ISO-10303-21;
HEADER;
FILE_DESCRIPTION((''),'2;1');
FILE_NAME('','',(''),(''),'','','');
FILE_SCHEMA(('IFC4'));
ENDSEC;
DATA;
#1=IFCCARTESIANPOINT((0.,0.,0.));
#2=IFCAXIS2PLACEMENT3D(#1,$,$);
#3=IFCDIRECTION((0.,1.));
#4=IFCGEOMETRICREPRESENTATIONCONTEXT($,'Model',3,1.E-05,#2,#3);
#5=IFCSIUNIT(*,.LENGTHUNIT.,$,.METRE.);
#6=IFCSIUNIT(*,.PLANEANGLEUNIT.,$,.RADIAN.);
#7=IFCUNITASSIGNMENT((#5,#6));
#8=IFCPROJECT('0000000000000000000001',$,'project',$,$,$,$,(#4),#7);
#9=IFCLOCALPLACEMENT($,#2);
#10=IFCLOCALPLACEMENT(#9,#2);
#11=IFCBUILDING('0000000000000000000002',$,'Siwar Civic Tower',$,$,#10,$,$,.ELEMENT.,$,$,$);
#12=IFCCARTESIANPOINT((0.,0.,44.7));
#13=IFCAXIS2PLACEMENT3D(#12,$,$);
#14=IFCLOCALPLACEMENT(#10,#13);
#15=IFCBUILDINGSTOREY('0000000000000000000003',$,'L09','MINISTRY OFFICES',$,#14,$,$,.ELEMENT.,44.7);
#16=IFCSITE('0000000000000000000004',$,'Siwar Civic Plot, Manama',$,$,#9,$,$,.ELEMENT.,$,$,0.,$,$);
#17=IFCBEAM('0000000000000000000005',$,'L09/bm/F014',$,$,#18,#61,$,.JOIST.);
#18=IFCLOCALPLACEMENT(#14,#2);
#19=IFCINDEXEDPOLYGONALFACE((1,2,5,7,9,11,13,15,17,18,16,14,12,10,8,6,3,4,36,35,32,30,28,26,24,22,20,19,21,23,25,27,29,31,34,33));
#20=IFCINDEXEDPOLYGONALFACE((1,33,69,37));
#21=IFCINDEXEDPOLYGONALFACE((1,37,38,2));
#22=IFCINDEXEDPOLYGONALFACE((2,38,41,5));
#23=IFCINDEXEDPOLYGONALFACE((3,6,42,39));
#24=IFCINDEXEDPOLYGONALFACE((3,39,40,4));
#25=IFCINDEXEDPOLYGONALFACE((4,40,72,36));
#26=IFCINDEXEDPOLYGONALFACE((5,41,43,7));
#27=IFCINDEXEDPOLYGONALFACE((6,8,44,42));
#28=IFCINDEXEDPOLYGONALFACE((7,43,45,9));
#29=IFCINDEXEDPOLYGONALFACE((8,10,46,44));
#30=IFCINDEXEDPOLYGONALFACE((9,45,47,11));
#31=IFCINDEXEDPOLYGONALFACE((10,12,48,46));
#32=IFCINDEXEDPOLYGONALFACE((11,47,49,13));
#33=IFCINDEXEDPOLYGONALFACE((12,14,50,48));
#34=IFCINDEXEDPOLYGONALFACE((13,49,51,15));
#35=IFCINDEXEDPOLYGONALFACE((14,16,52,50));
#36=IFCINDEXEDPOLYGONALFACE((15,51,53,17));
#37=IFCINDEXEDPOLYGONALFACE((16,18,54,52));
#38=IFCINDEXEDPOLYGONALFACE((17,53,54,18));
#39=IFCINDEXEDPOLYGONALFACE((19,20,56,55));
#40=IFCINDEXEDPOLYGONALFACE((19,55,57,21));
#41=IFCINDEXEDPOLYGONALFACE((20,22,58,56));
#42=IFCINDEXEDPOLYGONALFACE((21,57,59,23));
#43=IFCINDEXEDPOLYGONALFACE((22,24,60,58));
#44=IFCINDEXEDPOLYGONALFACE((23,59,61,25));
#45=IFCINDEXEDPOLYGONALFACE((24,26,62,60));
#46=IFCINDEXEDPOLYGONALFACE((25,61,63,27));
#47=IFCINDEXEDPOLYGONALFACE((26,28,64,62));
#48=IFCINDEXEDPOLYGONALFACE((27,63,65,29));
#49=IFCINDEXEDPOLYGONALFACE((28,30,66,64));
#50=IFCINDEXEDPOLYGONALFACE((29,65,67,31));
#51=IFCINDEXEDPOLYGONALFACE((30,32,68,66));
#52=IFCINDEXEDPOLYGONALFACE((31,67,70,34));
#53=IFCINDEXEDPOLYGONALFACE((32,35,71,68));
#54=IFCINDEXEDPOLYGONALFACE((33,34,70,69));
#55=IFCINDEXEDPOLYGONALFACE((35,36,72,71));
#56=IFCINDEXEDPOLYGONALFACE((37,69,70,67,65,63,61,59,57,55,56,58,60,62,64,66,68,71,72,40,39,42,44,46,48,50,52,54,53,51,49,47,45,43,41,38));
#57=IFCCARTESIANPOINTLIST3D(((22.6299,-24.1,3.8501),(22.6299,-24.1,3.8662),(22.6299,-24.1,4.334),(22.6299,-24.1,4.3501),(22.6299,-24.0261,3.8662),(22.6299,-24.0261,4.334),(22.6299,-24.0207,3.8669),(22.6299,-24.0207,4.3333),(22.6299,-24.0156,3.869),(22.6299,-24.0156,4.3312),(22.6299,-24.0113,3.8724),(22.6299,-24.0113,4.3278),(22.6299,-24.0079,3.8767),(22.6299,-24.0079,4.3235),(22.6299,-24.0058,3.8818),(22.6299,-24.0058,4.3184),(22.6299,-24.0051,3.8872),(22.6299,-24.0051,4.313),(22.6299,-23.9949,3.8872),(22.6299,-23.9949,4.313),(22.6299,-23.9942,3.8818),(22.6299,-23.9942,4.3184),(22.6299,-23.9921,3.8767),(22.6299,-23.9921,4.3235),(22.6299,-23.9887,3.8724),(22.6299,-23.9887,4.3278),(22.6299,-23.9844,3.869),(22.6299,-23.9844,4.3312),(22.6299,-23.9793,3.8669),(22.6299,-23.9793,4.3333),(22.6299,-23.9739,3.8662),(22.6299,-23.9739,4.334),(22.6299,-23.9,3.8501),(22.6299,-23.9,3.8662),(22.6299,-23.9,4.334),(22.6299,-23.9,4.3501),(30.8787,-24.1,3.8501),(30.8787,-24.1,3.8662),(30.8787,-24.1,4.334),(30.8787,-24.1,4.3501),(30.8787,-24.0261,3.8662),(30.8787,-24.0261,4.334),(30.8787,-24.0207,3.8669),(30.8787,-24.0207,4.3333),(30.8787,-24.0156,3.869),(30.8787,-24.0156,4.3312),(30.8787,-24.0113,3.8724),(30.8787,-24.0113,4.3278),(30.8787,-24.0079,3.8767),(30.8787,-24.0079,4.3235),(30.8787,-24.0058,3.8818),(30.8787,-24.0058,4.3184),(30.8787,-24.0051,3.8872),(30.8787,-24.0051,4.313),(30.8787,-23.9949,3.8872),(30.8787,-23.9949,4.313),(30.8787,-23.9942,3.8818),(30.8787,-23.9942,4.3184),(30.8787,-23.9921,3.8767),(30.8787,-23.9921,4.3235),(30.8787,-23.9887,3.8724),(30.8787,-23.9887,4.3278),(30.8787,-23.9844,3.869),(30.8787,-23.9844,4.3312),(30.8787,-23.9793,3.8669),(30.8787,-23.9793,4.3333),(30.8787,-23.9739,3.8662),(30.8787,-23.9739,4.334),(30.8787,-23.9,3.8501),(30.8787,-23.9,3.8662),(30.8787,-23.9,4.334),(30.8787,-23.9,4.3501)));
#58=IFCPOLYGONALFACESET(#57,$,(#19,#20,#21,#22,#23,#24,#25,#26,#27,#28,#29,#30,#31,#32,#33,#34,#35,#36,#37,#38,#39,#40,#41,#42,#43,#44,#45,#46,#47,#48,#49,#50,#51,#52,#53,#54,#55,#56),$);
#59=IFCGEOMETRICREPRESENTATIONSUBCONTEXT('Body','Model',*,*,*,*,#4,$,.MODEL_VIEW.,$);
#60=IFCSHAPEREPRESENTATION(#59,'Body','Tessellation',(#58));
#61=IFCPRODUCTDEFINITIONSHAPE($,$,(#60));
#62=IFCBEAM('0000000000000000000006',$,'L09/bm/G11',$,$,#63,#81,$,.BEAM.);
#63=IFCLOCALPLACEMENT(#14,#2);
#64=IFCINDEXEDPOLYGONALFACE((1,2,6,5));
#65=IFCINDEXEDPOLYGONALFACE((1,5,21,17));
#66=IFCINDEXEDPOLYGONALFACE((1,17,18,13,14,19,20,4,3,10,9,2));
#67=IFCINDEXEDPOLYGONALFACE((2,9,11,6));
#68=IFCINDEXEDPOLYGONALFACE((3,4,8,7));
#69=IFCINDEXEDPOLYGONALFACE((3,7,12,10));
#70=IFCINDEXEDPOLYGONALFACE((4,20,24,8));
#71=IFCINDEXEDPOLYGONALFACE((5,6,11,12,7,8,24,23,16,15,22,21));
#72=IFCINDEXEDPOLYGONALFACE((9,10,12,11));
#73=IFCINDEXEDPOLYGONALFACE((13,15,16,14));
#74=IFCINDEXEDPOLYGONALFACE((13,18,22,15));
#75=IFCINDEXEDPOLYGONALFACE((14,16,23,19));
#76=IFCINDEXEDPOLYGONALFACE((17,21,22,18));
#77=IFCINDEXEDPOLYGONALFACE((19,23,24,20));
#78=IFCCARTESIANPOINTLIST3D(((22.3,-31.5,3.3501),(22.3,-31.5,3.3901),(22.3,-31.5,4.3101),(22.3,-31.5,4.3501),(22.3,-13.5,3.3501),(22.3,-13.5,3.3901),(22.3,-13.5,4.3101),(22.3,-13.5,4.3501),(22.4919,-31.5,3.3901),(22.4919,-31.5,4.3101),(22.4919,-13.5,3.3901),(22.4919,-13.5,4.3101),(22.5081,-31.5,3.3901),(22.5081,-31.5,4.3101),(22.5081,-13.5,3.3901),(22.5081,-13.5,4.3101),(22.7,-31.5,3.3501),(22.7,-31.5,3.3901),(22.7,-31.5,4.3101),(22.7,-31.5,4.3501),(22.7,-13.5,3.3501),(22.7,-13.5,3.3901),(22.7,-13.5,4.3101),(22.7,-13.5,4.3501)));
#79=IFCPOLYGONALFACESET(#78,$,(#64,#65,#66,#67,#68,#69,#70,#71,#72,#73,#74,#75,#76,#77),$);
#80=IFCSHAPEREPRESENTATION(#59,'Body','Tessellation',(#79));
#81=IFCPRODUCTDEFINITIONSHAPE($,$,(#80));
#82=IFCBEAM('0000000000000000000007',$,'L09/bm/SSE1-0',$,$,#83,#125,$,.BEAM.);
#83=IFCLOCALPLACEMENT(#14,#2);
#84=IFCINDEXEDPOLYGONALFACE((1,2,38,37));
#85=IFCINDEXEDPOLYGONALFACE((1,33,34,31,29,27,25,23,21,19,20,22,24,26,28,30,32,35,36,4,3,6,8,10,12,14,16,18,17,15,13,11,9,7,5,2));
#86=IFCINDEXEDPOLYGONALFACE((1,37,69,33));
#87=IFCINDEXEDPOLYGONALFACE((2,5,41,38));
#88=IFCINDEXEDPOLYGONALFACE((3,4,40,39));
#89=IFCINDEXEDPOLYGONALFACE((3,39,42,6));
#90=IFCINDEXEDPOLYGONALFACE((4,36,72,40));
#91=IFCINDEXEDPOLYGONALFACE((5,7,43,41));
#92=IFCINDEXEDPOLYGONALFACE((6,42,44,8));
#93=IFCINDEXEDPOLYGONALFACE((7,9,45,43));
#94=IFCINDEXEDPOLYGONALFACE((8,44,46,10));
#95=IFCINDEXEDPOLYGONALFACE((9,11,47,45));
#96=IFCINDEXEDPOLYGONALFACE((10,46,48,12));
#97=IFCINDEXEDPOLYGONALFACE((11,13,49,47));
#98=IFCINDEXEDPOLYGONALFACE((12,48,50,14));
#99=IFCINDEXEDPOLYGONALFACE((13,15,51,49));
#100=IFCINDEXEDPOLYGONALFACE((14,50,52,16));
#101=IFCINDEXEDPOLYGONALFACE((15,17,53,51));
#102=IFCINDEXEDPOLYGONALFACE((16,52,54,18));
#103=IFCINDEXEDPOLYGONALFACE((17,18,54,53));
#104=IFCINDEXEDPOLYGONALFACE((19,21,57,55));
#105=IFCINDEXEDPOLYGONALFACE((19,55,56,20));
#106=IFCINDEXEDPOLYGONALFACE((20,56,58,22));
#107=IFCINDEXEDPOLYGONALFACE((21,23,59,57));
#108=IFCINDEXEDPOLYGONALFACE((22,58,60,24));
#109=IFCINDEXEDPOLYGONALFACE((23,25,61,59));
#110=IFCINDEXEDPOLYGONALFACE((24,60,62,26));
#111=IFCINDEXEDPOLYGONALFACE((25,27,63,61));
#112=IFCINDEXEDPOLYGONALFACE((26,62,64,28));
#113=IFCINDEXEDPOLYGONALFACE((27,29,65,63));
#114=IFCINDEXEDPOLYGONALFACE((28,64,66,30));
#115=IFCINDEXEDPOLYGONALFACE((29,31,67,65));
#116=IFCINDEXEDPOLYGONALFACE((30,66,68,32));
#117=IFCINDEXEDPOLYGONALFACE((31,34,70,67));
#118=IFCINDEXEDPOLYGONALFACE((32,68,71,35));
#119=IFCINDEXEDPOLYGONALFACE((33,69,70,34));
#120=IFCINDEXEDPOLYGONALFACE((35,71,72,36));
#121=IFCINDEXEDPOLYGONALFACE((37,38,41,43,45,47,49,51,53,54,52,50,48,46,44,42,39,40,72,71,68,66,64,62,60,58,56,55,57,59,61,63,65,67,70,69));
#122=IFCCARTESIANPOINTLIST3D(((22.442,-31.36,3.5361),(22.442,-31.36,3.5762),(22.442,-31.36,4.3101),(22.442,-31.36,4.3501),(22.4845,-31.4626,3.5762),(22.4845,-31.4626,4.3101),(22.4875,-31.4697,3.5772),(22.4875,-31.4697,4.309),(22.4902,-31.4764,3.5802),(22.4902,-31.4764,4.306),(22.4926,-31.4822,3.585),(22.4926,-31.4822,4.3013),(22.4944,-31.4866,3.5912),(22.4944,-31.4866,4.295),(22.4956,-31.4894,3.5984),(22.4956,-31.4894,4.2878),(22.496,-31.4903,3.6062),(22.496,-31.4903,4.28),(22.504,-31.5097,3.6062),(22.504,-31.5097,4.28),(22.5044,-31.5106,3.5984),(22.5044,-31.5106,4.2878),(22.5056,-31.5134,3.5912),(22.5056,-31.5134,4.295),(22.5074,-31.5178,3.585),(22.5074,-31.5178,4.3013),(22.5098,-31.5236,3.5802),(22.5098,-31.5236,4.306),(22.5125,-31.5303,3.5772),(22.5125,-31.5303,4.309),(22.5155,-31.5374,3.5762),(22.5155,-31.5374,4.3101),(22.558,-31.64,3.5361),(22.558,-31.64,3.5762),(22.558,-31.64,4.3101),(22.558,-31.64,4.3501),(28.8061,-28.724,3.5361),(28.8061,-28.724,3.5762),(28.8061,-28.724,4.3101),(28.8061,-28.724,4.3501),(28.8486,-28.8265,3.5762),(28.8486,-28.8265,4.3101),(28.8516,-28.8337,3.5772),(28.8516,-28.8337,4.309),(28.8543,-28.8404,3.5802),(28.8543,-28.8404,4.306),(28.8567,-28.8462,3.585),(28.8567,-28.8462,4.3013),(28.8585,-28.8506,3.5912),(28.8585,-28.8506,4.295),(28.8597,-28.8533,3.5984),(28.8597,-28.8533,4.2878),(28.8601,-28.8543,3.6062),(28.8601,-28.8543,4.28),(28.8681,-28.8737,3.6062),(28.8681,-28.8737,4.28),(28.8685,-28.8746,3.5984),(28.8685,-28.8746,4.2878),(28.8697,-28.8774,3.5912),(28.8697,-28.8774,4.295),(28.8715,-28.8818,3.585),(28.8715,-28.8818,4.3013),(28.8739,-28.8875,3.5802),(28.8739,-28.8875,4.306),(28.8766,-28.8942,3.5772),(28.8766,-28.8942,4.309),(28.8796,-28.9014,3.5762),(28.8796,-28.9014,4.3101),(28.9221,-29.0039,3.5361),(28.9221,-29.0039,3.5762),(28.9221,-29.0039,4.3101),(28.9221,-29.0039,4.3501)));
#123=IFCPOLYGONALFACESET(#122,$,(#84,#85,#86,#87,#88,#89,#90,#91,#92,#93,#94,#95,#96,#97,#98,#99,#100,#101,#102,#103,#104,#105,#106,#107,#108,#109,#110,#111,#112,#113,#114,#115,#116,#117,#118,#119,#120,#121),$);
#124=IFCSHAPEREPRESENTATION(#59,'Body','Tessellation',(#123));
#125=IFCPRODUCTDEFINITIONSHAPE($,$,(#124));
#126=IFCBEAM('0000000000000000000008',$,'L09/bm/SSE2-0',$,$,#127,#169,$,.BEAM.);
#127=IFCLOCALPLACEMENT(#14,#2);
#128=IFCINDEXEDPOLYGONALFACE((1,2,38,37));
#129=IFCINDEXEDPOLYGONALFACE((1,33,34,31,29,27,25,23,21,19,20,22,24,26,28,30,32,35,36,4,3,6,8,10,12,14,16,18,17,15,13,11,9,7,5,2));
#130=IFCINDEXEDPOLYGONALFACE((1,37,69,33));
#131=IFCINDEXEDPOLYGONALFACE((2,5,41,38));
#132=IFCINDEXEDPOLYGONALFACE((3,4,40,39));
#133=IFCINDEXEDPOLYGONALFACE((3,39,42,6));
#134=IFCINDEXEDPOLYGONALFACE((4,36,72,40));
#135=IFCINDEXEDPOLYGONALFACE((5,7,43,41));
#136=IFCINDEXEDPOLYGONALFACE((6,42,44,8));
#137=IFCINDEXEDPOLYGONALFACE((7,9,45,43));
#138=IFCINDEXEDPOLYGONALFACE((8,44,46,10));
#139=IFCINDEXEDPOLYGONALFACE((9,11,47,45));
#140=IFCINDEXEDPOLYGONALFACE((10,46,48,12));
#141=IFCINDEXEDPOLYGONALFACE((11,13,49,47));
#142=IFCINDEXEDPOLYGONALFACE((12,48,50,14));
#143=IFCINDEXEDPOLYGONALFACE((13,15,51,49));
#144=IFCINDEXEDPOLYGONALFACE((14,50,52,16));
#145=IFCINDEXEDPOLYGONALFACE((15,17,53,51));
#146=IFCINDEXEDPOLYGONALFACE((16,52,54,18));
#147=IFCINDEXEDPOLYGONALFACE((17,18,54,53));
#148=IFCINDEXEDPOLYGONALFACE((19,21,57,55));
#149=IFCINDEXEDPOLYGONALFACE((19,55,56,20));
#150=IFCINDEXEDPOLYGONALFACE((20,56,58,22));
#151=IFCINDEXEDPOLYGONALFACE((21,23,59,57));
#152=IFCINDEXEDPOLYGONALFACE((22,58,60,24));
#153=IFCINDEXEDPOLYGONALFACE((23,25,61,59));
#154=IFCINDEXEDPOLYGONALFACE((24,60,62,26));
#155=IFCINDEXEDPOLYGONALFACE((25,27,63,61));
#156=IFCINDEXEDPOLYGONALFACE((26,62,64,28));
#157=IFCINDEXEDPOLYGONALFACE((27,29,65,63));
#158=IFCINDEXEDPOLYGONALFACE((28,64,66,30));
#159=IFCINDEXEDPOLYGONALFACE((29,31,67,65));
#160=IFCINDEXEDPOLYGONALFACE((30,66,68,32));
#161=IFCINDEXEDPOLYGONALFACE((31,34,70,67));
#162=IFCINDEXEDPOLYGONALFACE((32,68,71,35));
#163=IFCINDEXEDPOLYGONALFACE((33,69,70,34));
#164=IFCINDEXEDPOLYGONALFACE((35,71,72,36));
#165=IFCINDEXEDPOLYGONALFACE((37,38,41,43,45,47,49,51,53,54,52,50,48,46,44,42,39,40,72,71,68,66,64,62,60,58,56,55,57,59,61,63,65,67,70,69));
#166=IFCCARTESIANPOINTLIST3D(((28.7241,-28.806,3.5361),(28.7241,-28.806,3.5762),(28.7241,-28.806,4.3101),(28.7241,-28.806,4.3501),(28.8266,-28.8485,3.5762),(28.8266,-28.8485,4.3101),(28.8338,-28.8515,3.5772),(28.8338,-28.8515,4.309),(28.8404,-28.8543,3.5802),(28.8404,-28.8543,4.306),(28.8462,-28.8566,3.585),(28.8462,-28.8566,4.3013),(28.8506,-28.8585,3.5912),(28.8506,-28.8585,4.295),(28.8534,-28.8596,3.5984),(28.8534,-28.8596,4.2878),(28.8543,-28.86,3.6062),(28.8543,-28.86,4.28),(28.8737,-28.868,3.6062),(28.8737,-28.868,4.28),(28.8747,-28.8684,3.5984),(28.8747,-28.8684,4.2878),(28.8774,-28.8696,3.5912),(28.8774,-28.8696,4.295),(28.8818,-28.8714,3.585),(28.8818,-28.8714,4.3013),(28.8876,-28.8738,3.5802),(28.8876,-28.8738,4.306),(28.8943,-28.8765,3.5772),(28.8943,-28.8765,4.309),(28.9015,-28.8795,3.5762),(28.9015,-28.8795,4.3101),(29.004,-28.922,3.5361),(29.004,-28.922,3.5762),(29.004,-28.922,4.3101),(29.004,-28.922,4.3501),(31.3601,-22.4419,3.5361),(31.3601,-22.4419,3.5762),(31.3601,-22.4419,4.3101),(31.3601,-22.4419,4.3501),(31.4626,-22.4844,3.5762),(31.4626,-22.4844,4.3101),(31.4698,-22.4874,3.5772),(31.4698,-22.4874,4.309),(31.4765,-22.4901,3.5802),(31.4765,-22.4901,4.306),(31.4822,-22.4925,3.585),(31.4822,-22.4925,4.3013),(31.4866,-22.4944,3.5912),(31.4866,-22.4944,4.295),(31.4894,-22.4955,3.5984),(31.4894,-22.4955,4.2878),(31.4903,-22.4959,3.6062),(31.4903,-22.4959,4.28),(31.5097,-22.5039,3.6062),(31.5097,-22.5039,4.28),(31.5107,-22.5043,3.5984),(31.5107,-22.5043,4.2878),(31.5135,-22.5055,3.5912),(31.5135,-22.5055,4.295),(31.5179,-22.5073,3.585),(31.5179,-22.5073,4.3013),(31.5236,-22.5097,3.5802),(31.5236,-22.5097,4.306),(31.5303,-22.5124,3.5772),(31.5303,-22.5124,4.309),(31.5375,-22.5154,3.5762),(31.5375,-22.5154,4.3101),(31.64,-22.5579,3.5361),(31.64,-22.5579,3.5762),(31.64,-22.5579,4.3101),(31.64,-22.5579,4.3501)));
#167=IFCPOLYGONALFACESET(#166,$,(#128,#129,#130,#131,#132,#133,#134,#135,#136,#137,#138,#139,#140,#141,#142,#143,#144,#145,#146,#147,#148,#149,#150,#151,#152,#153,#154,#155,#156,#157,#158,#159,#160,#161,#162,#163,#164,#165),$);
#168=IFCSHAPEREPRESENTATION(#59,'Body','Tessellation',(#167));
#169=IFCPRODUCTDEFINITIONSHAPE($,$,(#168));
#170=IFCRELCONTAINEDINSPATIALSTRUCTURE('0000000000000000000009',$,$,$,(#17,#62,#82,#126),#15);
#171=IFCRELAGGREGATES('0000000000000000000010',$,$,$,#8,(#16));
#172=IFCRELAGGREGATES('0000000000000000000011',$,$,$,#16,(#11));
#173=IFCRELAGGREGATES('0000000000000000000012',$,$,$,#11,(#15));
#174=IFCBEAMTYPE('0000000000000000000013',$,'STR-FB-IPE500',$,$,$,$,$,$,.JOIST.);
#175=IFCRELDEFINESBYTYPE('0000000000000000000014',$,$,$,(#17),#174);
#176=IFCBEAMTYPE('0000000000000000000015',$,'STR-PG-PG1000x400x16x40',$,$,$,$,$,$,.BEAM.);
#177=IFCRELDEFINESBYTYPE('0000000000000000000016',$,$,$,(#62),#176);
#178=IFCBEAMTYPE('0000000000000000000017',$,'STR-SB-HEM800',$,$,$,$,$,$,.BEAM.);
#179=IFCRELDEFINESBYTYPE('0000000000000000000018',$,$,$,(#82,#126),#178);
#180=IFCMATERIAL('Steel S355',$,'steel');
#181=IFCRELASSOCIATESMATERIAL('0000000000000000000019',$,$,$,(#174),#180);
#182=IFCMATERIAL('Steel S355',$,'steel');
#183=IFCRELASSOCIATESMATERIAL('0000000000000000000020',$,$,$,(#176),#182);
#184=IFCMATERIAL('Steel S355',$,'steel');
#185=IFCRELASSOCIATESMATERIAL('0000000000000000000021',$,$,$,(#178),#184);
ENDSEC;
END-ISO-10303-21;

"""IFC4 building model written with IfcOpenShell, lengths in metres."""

from ifc_helpers import new_model, si_unit, direction, frame, origin, origin_2d, place, context, subcontext, project, spatial, i_section, extrude, material, material_profile, profile_set, type_object, element, save


model = new_model("IFC4")

# Units and contexts
model_context = context("Model", 3, precision=1e-05, world=origin(), true_north=direction((0.0, 1.0)))
body_context = subcontext(model_context, "Body", "Model", "MODEL_VIEW")
ifc_project = project(units=[si_unit("LENGTHUNIT", "METRE"), si_unit("PLANEANGLEUNIT", "RADIAN")], contexts=[model_context])

# Site, building, storey
site_placement = place(None, origin())
site = spatial("IfcSite", under=ifc_project, at=site_placement, Name="Siwar Civic Plot, Manama", CompositionType="ELEMENT", RefElevation=0.0)
building_placement = place(site_placement, origin())
building = spatial("IfcBuilding", under=site, at=building_placement, Name="Siwar Civic Tower", CompositionType="ELEMENT")
storey_placement = place(building_placement, frame((0.0, 0.0, 44.7)))
storey = spatial("IfcBuildingStorey", under=building, at=storey_placement, Name="L09", Description="MINISTRY OFFICES", CompositionType="ELEMENT", Elevation=44.7)

# Beams
ifc_material_1 = material(Name="Steel S355", Category="steel")
ifc_material_profile_1 = material_profile(ifc_material_1, i_section(OverallWidth=0.2, OverallDepth=0.5, WebThickness=0.0103, FlangeThickness=0.0161, FilletRadius=0.021, at=origin_2d()), Name="IPE500")
ifc_profile_set_1 = profile_set([ifc_material_profile_1], Name="Steel S355")
beam_type_1 = type_object("IfcBeamType", Name="STR-FB-IPE500", PredefinedType="JOIST", material=ifc_profile_set_1)
beam_1_placement = place(storey_placement, frame((22.6299, -24.0, 4.1001), z_axis=(1.0, 0.0, 0.0), x_axis=(0.0, 1.0, 0.0)))
element("IfcBeam", 1, at=beam_1_placement, inside=storey, type_object=beam_type_1, Name="L09/bm/F014", PredefinedType="JOIST", context=body_context, shape_type="SweptSolid", body=[
    extrude(i_section(OverallWidth=0.2, OverallDepth=0.5, WebThickness=0.0103, FlangeThickness=0.0161, FilletRadius=0.021, at=origin_2d()), origin(), (0.0, 0.0, 1.0), 8.2488),
])
ifc_material_2 = material(Name="Steel S355", Category="steel")
ifc_material_profile_2 = material_profile(ifc_material_2, i_section(OverallWidth=0.3999, OverallDepth=1.0, WebThickness=0.0161, FlangeThickness=0.04, at=origin_2d()), Name="PG1000x400x16x40")
ifc_profile_set_2 = profile_set([ifc_material_profile_2], Name="Steel S355")
beam_type_2 = type_object("IfcBeamType", Name="STR-PG-PG1000x400x16x40", PredefinedType="BEAM", material=ifc_profile_set_2)
beam_2_placement = place(storey_placement, frame((22.5, -31.5, 3.8501), z_axis=(0.0, 1.0, 0.0), x_axis=(-1.0, 0.0, 0.0)))
element("IfcBeam", 2, at=beam_2_placement, inside=storey, type_object=beam_type_2, Name="L09/bm/G11", PredefinedType="BEAM", context=body_context, shape_type="SweptSolid", body=[
    extrude(i_section(OverallWidth=0.3999, OverallDepth=1.0, WebThickness=0.0161, FlangeThickness=0.04, at=origin_2d()), origin(), (0.0, 0.0, 1.0), 18.0),
])
ifc_material_3 = material(Name="Steel S355", Category="steel")
ifc_material_profile_3 = material_profile(ifc_material_3, i_section(OverallWidth=0.303, OverallDepth=0.814, WebThickness=0.021, FlangeThickness=0.04, FilletRadius=0.03, at=origin_2d()), Name="HEM800")
ifc_profile_set_3 = profile_set([ifc_material_profile_3], Name="Steel S355")
beam_type_3 = type_object("IfcBeamType", Name="STR-SB-HEM800", PredefinedType="BEAM", material=ifc_profile_set_3)
for number, where, z_axis, x_axis, name in (
    (3, (22.5, -31.5, 3.9431), (0.923883, 0.382674, 0.0), (-0.382674, 0.923883, 0.0), "L09/bm/SSE1-0"),
    (4, (28.864, -28.864, 3.9431), (0.382674, 0.923883, 0.0), (-0.923883, 0.382674, 0.0), "L09/bm/SSE2-0"),
):
    element("IfcBeam", number, at=place(storey_placement, frame(where, z_axis=z_axis, x_axis=x_axis)), inside=storey, type_object=beam_type_3, Name=name, PredefinedType="BEAM", context=body_context, shape_type="SweptSolid", body=[
        extrude(i_section(OverallWidth=0.303, OverallDepth=0.814, WebThickness=0.021, FlangeThickness=0.04, FilletRadius=0.03, at=origin_2d()), origin(), (0.0, 0.0, 1.0), 6.8884),
    ])

save(model, "model.ifc")
